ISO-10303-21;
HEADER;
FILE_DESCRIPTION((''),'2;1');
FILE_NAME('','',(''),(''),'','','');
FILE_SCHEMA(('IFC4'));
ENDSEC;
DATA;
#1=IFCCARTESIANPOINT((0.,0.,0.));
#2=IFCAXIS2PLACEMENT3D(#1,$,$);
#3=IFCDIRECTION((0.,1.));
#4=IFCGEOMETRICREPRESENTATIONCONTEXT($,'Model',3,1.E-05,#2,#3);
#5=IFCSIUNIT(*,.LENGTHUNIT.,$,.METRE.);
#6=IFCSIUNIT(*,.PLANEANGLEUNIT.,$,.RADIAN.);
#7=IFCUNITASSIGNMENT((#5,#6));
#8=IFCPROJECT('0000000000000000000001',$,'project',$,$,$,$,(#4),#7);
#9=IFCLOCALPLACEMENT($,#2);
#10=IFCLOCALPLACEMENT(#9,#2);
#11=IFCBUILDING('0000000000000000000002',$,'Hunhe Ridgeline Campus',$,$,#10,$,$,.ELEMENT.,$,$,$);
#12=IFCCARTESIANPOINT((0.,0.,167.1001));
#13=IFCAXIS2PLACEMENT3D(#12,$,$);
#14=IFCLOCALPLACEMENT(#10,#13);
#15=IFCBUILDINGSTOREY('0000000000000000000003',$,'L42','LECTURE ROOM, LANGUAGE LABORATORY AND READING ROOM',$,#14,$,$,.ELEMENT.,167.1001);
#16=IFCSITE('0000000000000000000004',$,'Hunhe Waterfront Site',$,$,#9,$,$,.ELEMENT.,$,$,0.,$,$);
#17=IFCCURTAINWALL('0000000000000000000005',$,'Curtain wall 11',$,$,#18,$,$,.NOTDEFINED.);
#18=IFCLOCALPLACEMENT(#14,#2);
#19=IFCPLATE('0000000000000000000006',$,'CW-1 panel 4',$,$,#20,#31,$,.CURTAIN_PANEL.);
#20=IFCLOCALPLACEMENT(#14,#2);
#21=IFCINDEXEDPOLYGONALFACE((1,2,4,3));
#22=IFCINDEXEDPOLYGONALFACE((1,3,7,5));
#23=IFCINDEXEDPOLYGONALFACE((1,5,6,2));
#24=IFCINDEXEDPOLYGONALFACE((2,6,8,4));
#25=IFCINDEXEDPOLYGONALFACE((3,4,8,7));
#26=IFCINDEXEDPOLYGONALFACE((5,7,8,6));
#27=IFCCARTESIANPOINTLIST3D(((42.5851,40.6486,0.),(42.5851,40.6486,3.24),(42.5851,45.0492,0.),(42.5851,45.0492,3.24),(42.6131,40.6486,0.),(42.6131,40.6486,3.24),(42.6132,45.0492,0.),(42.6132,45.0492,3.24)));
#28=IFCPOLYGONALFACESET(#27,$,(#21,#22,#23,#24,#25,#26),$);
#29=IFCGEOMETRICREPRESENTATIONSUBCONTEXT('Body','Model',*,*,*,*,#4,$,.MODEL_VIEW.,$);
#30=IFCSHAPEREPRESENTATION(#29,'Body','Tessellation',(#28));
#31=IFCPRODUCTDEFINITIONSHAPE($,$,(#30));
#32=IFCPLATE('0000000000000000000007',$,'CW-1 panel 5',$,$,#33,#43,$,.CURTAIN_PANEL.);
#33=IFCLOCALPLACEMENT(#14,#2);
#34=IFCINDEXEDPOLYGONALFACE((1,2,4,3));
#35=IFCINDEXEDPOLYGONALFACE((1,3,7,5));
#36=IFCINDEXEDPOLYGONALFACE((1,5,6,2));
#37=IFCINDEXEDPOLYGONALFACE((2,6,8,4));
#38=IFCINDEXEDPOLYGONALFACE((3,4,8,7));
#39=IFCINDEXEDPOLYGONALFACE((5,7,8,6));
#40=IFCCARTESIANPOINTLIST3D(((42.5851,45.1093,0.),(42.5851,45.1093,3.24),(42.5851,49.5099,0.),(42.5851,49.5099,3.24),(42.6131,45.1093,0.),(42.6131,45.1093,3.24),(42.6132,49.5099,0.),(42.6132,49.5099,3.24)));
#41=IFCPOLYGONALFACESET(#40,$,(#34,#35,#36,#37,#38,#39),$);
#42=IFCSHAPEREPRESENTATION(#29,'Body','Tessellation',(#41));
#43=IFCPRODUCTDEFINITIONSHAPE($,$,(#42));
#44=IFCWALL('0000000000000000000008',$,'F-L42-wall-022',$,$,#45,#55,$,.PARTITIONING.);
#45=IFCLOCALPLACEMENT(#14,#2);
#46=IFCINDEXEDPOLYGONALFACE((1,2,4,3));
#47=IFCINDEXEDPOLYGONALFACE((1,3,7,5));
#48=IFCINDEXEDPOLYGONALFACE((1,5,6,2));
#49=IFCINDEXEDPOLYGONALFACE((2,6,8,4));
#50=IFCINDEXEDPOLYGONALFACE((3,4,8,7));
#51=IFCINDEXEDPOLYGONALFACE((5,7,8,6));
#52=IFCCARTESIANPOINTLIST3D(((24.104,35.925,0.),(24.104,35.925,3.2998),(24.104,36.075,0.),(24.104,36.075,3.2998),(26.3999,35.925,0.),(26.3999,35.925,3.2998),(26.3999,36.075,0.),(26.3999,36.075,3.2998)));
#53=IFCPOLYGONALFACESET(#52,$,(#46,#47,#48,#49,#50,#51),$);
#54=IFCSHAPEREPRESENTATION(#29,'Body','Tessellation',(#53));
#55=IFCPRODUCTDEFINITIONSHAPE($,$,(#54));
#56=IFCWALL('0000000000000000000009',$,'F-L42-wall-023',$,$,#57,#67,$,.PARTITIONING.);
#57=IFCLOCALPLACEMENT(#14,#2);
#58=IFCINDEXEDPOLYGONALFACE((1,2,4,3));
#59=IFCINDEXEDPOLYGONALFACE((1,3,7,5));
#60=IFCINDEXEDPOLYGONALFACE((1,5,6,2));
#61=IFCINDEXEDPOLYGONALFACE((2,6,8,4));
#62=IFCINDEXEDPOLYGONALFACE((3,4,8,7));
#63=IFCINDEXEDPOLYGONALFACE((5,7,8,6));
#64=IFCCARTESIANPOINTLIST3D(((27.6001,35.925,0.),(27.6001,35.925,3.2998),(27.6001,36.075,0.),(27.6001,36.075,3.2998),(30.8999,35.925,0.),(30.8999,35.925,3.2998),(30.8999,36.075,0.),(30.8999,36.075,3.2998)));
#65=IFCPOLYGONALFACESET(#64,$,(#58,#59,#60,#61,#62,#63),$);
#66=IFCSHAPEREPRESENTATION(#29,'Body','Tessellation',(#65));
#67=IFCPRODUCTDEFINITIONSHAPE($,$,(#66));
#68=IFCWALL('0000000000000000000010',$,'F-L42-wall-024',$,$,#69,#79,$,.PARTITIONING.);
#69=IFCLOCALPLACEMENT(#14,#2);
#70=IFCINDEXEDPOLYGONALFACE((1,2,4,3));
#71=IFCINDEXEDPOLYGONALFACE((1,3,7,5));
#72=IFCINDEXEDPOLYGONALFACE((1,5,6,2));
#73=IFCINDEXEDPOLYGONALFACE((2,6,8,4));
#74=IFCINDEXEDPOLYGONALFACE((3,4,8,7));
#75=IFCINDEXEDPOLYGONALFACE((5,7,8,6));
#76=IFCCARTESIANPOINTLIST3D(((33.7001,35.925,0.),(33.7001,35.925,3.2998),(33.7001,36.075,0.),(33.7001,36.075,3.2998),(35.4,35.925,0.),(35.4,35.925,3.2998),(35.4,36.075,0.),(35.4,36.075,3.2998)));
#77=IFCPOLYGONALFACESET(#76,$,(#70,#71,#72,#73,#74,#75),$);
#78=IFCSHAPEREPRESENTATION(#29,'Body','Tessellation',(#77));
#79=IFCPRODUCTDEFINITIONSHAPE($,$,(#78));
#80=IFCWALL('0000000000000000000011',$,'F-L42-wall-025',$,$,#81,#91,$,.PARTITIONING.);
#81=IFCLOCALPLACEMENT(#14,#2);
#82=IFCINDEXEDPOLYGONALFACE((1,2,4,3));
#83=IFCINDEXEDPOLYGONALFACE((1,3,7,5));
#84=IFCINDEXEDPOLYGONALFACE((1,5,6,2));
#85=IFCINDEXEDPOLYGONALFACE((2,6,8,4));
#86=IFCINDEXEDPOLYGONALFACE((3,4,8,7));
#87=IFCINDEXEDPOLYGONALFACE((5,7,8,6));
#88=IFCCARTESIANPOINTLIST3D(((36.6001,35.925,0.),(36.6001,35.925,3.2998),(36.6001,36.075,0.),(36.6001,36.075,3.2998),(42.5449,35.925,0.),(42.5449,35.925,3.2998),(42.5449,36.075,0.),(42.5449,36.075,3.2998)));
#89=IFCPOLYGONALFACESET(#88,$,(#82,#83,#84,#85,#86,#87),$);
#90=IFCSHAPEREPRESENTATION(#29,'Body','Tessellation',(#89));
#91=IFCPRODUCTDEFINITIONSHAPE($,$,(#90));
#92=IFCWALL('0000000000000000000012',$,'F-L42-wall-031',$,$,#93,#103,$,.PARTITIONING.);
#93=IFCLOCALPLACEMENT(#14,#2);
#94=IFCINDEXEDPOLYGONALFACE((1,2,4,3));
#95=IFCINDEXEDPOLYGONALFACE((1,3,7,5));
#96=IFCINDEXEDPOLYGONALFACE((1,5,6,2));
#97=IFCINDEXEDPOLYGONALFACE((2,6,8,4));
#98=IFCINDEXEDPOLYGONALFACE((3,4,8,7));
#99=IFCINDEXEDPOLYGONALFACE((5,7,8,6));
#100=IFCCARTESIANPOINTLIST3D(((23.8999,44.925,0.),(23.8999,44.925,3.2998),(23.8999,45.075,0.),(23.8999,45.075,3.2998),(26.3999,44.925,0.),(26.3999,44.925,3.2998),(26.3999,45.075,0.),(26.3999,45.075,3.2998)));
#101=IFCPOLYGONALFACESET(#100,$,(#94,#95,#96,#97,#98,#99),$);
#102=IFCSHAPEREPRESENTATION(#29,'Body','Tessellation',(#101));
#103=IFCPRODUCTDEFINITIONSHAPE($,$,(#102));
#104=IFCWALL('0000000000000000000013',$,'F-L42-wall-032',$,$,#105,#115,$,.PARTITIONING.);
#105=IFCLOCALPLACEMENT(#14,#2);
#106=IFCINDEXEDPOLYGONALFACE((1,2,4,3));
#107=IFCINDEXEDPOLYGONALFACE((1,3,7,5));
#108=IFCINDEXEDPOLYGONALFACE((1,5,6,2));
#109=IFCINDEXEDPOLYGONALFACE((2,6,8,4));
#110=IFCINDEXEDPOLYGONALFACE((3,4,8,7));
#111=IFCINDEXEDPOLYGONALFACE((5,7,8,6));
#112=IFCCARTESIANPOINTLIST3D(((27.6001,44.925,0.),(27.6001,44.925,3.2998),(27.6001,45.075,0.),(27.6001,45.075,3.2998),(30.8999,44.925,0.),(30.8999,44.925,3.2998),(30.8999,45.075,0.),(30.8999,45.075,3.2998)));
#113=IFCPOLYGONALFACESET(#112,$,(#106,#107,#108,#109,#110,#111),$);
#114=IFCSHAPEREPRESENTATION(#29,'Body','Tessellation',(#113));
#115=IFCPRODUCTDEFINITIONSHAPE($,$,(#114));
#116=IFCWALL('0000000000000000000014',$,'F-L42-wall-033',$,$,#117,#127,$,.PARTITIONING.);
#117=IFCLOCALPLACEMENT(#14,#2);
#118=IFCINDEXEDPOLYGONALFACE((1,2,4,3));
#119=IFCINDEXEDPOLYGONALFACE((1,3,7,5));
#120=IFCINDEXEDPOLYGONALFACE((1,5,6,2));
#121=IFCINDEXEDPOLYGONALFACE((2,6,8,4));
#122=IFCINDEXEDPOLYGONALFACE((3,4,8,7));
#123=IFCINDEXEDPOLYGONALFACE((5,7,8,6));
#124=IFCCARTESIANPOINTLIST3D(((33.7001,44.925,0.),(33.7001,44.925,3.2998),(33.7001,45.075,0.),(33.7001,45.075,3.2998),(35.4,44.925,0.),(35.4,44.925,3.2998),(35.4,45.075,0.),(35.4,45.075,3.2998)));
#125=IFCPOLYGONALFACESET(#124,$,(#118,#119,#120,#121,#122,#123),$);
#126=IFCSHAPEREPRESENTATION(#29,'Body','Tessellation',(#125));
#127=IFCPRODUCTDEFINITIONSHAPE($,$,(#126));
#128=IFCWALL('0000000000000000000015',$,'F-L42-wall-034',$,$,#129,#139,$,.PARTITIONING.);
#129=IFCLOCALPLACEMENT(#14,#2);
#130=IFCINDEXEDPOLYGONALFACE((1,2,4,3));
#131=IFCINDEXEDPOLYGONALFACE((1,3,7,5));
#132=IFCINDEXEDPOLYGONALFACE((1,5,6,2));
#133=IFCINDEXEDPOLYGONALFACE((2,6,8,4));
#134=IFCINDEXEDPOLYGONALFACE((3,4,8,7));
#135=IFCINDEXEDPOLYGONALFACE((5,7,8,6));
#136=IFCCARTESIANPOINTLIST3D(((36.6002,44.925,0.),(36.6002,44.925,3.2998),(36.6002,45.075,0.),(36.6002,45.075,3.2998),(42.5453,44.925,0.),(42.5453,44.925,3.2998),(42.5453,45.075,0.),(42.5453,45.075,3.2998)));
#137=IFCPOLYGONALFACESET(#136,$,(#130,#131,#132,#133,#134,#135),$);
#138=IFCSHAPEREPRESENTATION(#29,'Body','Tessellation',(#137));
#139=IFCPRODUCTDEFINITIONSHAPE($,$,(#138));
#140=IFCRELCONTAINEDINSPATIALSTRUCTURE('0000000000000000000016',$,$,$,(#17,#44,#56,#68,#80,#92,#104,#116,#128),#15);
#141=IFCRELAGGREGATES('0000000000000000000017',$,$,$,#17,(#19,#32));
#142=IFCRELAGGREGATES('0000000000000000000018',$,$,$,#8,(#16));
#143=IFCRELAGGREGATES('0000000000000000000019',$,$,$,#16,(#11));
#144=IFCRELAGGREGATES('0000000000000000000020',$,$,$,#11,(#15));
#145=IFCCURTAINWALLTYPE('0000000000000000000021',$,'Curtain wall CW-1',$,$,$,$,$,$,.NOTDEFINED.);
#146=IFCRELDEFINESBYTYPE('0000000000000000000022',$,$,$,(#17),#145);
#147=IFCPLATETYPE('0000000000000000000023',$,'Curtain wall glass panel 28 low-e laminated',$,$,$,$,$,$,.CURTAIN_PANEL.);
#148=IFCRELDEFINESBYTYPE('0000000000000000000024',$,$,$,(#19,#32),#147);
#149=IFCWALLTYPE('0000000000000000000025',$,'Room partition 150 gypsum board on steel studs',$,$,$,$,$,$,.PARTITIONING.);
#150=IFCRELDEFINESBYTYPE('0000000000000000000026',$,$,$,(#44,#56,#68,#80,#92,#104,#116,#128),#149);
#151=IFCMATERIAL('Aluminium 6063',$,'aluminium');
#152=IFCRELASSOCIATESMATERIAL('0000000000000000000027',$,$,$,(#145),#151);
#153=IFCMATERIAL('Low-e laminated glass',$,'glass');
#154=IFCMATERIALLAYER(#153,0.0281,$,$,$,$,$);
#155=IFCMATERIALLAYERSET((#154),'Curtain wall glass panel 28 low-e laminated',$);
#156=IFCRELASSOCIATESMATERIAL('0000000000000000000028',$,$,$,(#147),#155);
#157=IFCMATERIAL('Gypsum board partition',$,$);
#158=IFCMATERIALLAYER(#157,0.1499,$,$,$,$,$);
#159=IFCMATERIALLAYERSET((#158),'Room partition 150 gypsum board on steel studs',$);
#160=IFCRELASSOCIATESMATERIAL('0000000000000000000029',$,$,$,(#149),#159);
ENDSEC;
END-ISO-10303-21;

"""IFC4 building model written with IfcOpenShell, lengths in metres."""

from ifc_helpers import new_model, si_unit, direction, frame, frame_2d, origin, origin_2d, place, context, subcontext, project, spatial, rectangle, extrude, material, layer, layer_set, type_object, element, aggregate, save


model = new_model("IFC4")

# Units and contexts
model_context = context("Model", 3, precision=1e-05, world=origin(), true_north=direction((0.0, 1.0)))
body_context = subcontext(model_context, "Body", "Model", "MODEL_VIEW")
ifc_project = project(units=[si_unit("LENGTHUNIT", "METRE"), si_unit("PLANEANGLEUNIT", "RADIAN")], contexts=[model_context])

# Site, building, storey
site_placement = place(None, origin())
site = spatial("IfcSite", under=ifc_project, at=site_placement, Name="Hunhe Waterfront Site", CompositionType="ELEMENT", RefElevation=0.0)
building_placement = place(site_placement, origin())
building = spatial("IfcBuilding", under=site, at=building_placement, Name="Hunhe Ridgeline Campus", CompositionType="ELEMENT")
storey_placement = place(building_placement, frame((0.0, 0.0, 167.1001)))
storey = spatial("IfcBuildingStorey", under=building, at=storey_placement, Name="L42", Description="LECTURE ROOM, LANGUAGE LABORATORY AND READING ROOM", CompositionType="ELEMENT", Elevation=167.1001)

# Curtain wall
ifc_material_1 = material(Name="Aluminium 6063", Category="aluminium")
curtain_wall_type = type_object("IfcCurtainWallType", Name="Curtain wall CW-1", PredefinedType="NOTDEFINED", material=ifc_material_1)
curtain_wall_placement = place(storey_placement, origin())
curtain_wall = element("IfcCurtainWall", 1, at=curtain_wall_placement, inside=storey, type_object=curtain_wall_type, Name="Curtain wall 11", PredefinedType="NOTDEFINED")

# Plates
ifc_material_2 = material(Name="Low-e laminated glass", Category="glass")
ifc_layer_1 = layer(ifc_material_2, 0.0281)
ifc_layer_set_1 = layer_set([ifc_layer_1], Name="Curtain wall glass panel 28 low-e laminated")
plate_type = type_object("IfcPlateType", Name="Curtain wall glass panel 28 low-e laminated", PredefinedType="CURTAIN_PANEL", material=ifc_layer_set_1)
plate_1_placement = place(storey_placement, frame((42.5991, 42.8489, 0.0), z_axis=(0.0, 0.0, 1.0), x_axis=(0.000004, 1.0, 0.0)))
plate_1 = element("IfcPlate", 2, at=plate_1_placement, type_object=plate_type, Name="CW-1 panel 4", PredefinedType="CURTAIN_PANEL", context=body_context, shape_type="SweptSolid", body=[
    extrude(rectangle(XDim=4.4006, YDim=0.0281, at=origin_2d()), origin(), (0.0, 0.0, 1.0), 3.24),
])
plate_2_placement = place(storey_placement, frame((42.5991, 47.3096, 0.0), z_axis=(0.0, 0.0, 1.0), x_axis=(0.000004, 1.0, 0.0)))
plate_2 = element("IfcPlate", 3, at=plate_2_placement, type_object=plate_type, Name="CW-1 panel 5", PredefinedType="CURTAIN_PANEL", context=body_context, shape_type="SweptSolid", body=[
    extrude(rectangle(XDim=4.4006, YDim=0.0281, at=origin_2d()), origin(), (0.0, 0.0, 1.0), 3.24),
])
aggregate(curtain_wall, [plate_1, plate_2])

# Walls
ifc_material_3 = material(Name="Gypsum board partition")
ifc_layer_2 = layer(ifc_material_3, 0.1499)
ifc_layer_set_2 = layer_set([ifc_layer_2], Name="Room partition 150 gypsum board on steel studs")
wall_type = type_object("IfcWallType", Name="Room partition 150 gypsum board on steel studs", PredefinedType="PARTITIONING", material=ifc_layer_set_2)
wall_1_placement = place(storey_placement, frame((24.104, 36.0, 0.0), z_axis=(0.0, 0.0, 1.0), x_axis=(1.0, 0.0, 0.0)))
element("IfcWall", 4, at=wall_1_placement, inside=storey, type_object=wall_type, Name="F-L42-wall-022", PredefinedType="PARTITIONING", context=body_context, shape_type="SweptSolid", body=[
    extrude(rectangle(XDim=2.2959, YDim=0.1499, at=frame_2d((1.1479, 0.0))), origin(), (0.0, 0.0, 1.0), 3.2998),
])
wall_2_placement = place(storey_placement, frame((27.6001, 36.0, 0.0), z_axis=(0.0, 0.0, 1.0), x_axis=(1.0, 0.0, 0.0)))
element("IfcWall", 5, at=wall_2_placement, inside=storey, type_object=wall_type, Name="F-L42-wall-023", PredefinedType="PARTITIONING", context=body_context, shape_type="SweptSolid", body=[
    extrude(rectangle(XDim=3.2998, YDim=0.1499, at=frame_2d((1.6499, 0.0))), origin(), (0.0, 0.0, 1.0), 3.2998),
])
wall_3_placement = place(storey_placement, frame((33.7, 36.0, 0.0), z_axis=(0.0, 0.0, 1.0), x_axis=(1.0, 0.0, 0.0)))
element("IfcWall", 6, at=wall_3_placement, inside=storey, type_object=wall_type, Name="F-L42-wall-024", PredefinedType="PARTITIONING", context=body_context, shape_type="SweptSolid", body=[
    extrude(rectangle(XDim=1.7, YDim=0.1499, at=frame_2d((0.8501, 0.0))), origin(), (0.0, 0.0, 1.0), 3.2998),
])
wall_4_placement = place(storey_placement, frame((36.6001, 36.0, 0.0), z_axis=(0.0, 0.0, 1.0), x_axis=(1.0, 0.0, 0.0)))
element("IfcWall", 7, at=wall_4_placement, inside=storey, type_object=wall_type, Name="F-L42-wall-025", PredefinedType="PARTITIONING", context=body_context, shape_type="SweptSolid", body=[
    extrude(rectangle(XDim=5.9448, YDim=0.1499, at=frame_2d((2.9724, 0.0))), origin(), (0.0, 0.0, 1.0), 3.2998),
])
wall_5_placement = place(storey_placement, frame((23.8999, 45.0, 0.0), z_axis=(0.0, 0.0, 1.0), x_axis=(1.0, 0.0, 0.0)))
element("IfcWall", 8, at=wall_5_placement, inside=storey, type_object=wall_type, Name="F-L42-wall-031", PredefinedType="PARTITIONING", context=body_context, shape_type="SweptSolid", body=[
    extrude(rectangle(XDim=2.5, YDim=0.1499, at=frame_2d((1.25, 0.0))), origin(), (0.0, 0.0, 1.0), 3.2998),
])
wall_6_placement = place(storey_placement, frame((27.6001, 45.0, 0.0), z_axis=(0.0, 0.0, 1.0), x_axis=(1.0, 0.0, 0.0)))
element("IfcWall", 9, at=wall_6_placement, inside=storey, type_object=wall_type, Name="F-L42-wall-032", PredefinedType="PARTITIONING", context=body_context, shape_type="SweptSolid", body=[
    extrude(rectangle(XDim=3.2998, YDim=0.1499, at=frame_2d((1.6499, 0.0))), origin(), (0.0, 0.0, 1.0), 3.2998),
])
wall_7_placement = place(storey_placement, frame((33.7, 45.0, 0.0), z_axis=(0.0, 0.0, 1.0), x_axis=(1.0, 0.0, 0.0)))
element("IfcWall", 10, at=wall_7_placement, inside=storey, type_object=wall_type, Name="F-L42-wall-033", PredefinedType="PARTITIONING", context=body_context, shape_type="SweptSolid", body=[
    extrude(rectangle(XDim=1.7, YDim=0.1499, at=frame_2d((0.8501, 0.0))), origin(), (0.0, 0.0, 1.0), 3.2998),
])
wall_8_placement = place(storey_placement, frame((36.6001, 45.0, 0.0), z_axis=(0.0, 0.0, 1.0), x_axis=(1.0, 0.0, 0.0)))
element("IfcWall", 11, at=wall_8_placement, inside=storey, type_object=wall_type, Name="F-L42-wall-034", PredefinedType="PARTITIONING", context=body_context, shape_type="SweptSolid", body=[
    extrude(rectangle(XDim=5.9451, YDim=0.1499, at=frame_2d((2.9727, 0.0))), origin(), (0.0, 0.0, 1.0), 3.2998),
])

save(model, "model.ifc")
